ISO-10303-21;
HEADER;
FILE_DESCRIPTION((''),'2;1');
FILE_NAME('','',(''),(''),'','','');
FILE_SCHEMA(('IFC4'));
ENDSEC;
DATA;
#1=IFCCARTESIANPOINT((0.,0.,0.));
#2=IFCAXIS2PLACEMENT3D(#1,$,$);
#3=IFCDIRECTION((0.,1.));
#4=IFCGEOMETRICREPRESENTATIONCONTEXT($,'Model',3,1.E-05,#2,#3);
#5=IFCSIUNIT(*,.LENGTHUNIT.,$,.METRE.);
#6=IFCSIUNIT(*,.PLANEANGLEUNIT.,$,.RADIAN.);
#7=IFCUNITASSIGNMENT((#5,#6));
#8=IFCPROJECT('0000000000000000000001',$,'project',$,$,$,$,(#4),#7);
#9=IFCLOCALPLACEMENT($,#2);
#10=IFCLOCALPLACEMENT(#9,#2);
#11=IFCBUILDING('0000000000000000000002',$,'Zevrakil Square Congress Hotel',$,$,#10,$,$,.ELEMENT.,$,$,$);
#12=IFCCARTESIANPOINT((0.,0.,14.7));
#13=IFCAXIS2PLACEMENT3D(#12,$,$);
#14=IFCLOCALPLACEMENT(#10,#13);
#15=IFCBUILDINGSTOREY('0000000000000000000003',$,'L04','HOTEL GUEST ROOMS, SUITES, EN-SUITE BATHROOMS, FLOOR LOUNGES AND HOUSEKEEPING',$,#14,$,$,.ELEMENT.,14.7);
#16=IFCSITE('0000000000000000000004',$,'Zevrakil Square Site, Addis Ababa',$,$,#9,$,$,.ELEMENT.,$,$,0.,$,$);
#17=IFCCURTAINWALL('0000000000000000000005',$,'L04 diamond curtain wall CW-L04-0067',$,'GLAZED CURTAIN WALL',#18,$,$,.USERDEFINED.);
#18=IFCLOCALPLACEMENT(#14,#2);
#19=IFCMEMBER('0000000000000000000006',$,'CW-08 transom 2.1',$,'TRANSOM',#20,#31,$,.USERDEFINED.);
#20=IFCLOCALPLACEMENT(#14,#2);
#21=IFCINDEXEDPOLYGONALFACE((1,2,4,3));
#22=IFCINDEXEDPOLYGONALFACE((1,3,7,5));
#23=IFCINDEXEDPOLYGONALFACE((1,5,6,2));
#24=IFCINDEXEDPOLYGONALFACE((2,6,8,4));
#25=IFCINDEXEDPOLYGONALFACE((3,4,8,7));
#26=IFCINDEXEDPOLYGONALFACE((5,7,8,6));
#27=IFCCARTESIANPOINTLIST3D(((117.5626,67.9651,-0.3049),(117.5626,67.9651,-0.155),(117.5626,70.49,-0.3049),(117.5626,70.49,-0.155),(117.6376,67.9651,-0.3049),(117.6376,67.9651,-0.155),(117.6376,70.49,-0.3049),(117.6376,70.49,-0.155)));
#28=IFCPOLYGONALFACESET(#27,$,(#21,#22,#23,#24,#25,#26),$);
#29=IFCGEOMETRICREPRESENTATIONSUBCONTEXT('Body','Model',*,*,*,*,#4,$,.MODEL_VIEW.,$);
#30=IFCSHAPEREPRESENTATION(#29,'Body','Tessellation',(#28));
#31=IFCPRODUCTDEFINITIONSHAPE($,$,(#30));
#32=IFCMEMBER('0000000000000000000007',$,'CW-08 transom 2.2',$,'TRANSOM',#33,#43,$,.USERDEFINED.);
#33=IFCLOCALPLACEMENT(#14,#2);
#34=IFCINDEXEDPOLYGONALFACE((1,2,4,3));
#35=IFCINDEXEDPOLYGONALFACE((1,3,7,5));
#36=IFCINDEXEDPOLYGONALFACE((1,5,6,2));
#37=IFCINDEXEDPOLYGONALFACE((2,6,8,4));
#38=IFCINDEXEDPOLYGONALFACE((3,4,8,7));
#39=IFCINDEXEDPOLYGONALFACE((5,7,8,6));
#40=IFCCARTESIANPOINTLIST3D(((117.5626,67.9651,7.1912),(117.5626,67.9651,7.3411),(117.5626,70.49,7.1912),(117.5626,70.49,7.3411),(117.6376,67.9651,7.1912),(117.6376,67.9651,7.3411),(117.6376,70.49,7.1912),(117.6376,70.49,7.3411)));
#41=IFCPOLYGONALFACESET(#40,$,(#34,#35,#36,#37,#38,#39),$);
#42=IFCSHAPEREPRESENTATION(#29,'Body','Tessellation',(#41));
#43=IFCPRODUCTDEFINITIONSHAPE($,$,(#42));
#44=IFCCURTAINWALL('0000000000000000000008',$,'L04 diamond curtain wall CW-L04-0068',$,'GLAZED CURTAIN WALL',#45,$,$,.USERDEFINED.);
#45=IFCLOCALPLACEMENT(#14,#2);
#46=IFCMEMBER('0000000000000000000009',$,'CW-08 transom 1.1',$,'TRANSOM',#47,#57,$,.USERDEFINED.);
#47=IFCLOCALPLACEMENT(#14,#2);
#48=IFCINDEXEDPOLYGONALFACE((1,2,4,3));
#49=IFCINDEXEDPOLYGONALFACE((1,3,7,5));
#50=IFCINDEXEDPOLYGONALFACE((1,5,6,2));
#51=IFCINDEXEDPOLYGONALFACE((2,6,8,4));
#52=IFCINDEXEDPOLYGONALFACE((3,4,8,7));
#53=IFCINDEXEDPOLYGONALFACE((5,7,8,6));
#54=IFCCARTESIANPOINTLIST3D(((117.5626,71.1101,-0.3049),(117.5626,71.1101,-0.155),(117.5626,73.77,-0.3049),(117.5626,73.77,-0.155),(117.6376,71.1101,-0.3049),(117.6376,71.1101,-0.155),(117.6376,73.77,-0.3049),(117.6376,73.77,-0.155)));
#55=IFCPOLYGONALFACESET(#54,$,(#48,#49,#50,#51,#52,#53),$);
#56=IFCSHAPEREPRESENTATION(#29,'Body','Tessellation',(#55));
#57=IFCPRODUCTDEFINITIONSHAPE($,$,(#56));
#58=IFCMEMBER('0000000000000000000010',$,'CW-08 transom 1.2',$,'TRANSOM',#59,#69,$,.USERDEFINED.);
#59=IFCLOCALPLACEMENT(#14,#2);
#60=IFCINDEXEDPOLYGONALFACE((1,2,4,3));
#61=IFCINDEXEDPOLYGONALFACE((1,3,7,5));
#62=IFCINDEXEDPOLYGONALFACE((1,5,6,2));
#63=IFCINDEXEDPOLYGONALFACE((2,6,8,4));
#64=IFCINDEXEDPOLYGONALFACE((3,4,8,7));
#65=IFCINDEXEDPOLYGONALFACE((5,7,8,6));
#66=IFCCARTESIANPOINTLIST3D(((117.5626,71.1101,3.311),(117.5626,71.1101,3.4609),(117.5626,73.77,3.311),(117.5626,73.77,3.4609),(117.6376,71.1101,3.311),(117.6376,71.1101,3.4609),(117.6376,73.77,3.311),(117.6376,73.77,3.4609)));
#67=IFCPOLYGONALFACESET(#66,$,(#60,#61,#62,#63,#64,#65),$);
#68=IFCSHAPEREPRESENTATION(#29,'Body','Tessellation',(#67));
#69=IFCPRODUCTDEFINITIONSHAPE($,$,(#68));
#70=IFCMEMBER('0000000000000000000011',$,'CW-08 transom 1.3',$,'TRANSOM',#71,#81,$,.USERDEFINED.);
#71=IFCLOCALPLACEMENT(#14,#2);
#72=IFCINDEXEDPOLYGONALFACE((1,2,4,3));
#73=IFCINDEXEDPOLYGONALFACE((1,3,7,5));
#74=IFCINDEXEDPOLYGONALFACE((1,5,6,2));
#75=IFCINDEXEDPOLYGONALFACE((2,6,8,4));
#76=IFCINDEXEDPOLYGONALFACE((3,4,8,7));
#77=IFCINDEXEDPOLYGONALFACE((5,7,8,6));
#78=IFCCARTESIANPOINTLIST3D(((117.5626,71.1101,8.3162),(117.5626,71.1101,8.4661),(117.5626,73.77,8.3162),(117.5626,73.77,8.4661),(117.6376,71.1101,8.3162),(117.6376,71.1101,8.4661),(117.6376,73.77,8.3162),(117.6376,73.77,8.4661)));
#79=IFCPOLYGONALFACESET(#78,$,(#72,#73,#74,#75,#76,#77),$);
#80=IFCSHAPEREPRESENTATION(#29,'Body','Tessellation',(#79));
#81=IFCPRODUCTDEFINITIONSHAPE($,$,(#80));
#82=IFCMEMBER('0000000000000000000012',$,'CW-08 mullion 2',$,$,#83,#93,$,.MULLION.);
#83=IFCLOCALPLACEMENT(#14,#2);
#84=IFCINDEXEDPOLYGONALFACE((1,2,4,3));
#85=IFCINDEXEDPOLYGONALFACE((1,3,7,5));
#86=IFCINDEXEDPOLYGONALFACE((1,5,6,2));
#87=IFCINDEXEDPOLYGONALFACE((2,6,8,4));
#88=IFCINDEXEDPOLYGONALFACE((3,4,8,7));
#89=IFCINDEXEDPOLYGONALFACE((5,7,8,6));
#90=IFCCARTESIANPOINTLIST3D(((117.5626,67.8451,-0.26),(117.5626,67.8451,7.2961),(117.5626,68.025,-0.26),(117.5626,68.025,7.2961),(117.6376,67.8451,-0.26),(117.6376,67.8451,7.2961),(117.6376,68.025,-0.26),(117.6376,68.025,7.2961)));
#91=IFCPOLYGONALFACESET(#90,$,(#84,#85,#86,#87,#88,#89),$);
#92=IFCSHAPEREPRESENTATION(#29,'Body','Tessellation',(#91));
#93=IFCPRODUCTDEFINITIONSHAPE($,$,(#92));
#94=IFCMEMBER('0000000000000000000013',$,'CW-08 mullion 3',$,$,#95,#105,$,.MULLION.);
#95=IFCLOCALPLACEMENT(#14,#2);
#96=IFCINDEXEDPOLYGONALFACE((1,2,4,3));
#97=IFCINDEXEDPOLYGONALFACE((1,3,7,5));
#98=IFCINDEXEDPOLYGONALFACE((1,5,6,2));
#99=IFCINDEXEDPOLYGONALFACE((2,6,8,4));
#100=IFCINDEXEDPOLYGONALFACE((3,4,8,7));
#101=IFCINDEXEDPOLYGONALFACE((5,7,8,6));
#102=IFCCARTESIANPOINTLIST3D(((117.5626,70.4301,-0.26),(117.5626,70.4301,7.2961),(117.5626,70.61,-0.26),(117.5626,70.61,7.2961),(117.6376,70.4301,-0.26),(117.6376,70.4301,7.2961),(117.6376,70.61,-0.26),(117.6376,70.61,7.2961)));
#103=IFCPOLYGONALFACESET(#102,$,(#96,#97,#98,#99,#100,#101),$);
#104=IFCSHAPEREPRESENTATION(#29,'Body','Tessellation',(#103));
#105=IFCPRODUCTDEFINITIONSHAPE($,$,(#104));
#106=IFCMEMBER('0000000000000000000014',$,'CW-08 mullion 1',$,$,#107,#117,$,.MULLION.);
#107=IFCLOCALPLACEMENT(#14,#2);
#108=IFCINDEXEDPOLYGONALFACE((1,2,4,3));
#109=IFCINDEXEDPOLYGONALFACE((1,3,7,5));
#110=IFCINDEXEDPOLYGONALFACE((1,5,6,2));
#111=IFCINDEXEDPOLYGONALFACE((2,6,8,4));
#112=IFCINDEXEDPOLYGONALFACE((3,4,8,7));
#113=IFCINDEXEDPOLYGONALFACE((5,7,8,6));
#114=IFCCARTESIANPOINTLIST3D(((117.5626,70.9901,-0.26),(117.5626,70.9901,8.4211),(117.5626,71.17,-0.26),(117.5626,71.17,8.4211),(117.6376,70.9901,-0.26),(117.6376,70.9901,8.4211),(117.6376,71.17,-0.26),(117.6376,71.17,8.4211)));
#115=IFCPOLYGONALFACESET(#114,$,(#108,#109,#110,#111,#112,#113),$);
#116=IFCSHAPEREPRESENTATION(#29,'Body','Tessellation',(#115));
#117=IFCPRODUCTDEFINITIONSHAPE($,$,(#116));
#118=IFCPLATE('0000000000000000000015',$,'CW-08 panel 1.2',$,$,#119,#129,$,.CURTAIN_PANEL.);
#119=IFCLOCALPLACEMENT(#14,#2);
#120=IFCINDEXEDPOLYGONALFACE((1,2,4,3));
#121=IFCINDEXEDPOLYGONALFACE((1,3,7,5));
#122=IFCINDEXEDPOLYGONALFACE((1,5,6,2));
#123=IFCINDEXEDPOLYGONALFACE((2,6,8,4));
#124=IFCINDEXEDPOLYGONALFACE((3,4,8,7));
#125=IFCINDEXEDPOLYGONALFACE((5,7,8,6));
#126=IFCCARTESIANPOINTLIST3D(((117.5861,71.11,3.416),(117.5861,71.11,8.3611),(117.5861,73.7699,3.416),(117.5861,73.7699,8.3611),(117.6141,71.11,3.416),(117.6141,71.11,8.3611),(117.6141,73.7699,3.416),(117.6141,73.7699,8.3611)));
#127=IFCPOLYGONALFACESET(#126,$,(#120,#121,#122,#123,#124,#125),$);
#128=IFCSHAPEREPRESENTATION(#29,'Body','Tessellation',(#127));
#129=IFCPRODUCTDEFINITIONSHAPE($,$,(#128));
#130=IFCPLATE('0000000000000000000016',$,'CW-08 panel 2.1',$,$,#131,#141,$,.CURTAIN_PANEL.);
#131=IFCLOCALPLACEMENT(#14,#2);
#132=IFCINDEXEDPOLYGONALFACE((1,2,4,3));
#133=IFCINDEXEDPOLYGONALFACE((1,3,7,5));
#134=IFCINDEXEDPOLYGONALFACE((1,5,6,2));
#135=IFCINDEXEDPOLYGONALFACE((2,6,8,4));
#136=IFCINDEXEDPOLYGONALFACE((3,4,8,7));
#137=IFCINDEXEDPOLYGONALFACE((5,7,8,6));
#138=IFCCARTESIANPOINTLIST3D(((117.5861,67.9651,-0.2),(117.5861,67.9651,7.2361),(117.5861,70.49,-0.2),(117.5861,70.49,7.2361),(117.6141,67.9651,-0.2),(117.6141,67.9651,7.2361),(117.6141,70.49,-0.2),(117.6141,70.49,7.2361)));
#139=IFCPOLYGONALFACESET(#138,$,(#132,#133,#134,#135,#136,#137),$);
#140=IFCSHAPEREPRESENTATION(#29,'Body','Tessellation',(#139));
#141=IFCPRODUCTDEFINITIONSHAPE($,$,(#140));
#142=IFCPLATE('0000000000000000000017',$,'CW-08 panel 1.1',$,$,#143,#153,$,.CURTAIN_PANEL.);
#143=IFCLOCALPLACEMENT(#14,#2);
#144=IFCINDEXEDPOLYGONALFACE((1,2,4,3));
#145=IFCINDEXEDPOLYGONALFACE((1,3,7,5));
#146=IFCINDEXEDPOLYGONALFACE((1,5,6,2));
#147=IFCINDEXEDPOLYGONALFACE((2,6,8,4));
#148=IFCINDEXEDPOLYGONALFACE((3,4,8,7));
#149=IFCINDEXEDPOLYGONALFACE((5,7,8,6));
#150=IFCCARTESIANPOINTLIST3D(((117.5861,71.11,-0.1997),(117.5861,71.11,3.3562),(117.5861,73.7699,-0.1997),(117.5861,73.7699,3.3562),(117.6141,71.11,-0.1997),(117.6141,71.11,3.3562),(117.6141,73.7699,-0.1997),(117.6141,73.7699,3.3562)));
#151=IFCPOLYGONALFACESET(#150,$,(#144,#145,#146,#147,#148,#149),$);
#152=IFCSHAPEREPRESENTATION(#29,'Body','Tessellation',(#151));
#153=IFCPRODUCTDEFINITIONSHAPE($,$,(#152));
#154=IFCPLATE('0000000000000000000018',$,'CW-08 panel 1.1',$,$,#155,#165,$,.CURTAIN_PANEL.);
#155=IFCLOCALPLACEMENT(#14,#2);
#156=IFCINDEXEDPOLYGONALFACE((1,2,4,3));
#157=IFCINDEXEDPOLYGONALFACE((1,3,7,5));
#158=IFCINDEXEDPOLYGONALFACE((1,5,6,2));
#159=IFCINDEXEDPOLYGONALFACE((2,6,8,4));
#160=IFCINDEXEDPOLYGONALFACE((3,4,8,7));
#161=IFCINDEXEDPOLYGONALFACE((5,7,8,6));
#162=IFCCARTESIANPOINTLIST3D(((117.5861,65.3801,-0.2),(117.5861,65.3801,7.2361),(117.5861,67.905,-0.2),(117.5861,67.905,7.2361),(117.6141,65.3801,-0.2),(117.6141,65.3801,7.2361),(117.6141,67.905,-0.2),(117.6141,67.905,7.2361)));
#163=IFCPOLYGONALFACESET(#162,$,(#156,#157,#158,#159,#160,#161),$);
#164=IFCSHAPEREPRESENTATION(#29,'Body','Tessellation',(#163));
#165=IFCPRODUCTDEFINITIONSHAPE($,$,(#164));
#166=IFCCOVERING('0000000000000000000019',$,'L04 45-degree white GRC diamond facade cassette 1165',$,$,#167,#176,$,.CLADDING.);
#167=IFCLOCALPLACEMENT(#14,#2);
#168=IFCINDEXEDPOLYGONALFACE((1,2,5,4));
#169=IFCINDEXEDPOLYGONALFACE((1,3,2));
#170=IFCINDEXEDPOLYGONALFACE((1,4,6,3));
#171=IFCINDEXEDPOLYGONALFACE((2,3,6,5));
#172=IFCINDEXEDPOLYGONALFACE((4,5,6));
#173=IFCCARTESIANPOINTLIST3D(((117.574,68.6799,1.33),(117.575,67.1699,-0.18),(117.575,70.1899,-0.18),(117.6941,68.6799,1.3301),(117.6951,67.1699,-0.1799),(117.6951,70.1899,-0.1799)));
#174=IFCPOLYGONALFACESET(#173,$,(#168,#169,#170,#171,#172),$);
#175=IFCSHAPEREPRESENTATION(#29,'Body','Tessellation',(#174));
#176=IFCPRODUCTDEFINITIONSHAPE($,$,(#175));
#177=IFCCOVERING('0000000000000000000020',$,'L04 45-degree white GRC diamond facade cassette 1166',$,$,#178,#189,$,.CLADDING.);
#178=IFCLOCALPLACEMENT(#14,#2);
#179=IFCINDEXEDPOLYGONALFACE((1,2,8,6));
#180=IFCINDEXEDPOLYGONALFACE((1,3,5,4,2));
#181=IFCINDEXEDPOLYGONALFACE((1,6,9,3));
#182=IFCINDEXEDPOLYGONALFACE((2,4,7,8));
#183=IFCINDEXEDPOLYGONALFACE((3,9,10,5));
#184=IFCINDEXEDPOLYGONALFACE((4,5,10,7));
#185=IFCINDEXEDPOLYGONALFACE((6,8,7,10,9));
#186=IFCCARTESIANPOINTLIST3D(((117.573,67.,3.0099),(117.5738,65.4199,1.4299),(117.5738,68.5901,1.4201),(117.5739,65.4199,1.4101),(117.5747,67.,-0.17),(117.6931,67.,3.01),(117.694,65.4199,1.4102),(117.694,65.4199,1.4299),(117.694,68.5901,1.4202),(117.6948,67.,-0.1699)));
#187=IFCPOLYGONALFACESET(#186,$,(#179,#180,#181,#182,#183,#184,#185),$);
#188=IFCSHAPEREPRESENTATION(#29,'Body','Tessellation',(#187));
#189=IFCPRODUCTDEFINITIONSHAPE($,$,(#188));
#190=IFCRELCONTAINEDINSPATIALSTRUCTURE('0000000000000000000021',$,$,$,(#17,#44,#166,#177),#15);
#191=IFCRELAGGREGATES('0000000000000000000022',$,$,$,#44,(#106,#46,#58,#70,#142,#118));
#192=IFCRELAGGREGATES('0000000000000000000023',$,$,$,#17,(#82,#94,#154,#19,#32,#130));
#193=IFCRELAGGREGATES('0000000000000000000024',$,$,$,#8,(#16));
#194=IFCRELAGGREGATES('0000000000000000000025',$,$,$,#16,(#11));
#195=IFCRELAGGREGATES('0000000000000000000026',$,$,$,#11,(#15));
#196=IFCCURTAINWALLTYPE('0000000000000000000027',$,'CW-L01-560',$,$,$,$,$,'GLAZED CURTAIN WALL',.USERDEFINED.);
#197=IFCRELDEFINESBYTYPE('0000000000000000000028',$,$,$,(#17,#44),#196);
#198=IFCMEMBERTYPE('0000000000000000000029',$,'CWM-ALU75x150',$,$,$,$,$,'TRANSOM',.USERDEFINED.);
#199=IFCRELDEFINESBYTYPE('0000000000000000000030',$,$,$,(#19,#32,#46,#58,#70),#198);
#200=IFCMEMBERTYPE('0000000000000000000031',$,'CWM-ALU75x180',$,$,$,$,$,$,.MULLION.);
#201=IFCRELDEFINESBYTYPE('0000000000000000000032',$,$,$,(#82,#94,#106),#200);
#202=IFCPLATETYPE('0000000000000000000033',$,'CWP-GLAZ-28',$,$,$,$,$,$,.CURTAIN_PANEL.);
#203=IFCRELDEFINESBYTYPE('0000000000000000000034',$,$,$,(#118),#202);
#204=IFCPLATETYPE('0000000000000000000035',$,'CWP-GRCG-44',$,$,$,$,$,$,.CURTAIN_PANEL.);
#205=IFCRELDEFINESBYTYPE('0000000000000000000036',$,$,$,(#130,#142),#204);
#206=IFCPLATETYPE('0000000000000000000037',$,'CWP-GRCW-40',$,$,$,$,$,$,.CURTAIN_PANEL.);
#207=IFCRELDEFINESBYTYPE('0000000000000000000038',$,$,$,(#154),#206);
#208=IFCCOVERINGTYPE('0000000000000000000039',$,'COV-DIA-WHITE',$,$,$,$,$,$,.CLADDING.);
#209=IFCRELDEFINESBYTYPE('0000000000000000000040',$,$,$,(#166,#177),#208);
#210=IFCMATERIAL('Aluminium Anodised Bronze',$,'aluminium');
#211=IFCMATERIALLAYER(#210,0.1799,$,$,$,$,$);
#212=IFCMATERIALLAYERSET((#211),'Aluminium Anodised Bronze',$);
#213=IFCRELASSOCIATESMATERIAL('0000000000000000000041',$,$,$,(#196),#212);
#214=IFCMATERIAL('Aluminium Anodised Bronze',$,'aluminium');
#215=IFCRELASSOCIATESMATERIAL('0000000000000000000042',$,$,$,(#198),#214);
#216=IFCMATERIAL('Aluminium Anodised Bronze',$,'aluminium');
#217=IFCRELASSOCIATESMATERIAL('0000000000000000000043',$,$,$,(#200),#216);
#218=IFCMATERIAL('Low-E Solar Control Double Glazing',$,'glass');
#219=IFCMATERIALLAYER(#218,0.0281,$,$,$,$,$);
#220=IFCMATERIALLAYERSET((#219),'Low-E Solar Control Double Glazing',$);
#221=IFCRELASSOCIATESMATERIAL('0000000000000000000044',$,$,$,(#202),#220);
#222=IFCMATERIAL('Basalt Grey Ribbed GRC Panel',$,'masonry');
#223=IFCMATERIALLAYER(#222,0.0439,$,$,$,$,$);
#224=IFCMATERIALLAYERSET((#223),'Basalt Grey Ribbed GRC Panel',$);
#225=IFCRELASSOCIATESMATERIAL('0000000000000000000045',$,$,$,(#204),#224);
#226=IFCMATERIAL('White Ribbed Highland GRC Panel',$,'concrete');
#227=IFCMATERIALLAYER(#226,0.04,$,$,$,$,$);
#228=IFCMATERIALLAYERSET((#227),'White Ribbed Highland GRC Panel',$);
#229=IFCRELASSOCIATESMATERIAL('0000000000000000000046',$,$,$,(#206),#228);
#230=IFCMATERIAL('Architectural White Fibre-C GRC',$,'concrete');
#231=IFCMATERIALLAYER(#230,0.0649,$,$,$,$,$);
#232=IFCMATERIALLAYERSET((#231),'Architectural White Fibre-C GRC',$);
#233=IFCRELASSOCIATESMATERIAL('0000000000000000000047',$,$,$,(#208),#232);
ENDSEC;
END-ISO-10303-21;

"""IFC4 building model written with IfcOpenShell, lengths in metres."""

from ifc_helpers import new_model, si_unit, direction, frame, origin, origin_2d, place, context, subcontext, project, spatial, polyline, rectangle, outline, extrude, material, layer, layer_set, material_profile, profile_set, type_object, element, aggregate, save


model = new_model("IFC4")

# Units and contexts
model_context = context("Model", 3, precision=1e-05, world=origin(), true_north=direction((0.0, 1.0)))
body_context = subcontext(model_context, "Body", "Model", "MODEL_VIEW")
ifc_project = project(units=[si_unit("LENGTHUNIT", "METRE"), si_unit("PLANEANGLEUNIT", "RADIAN")], contexts=[model_context])

# Site, building, storey
site_placement = place(None, origin())
site = spatial("IfcSite", under=ifc_project, at=site_placement, Name="Zevrakil Square Site, Addis Ababa", CompositionType="ELEMENT", RefElevation=0.0)
building_placement = place(site_placement, origin())
building = spatial("IfcBuilding", under=site, at=building_placement, Name="Zevrakil Square Congress Hotel", CompositionType="ELEMENT")
storey_placement = place(building_placement, frame((0.0, 0.0, 14.7)))
storey = spatial("IfcBuildingStorey", under=building, at=storey_placement, Name="L04", Description="HOTEL GUEST ROOMS, SUITES, EN-SUITE BATHROOMS, FLOOR LOUNGES AND HOUSEKEEPING", CompositionType="ELEMENT", Elevation=14.7)

# Curtain walls, members
ifc_material_1 = material(Name="Aluminium Anodised Bronze", Category="aluminium")
ifc_layer_1 = layer(ifc_material_1, 0.1799)
ifc_layer_set_1 = layer_set([ifc_layer_1], Name="Aluminium Anodised Bronze")
curtain_wall_type = type_object("IfcCurtainWallType", Name="CW-L01-560", ElementType="GLAZED CURTAIN WALL", PredefinedType="USERDEFINED", material=ifc_layer_set_1)
curtain_wall_1_placement = place(storey_placement, origin())
curtain_wall_1 = element("IfcCurtainWall", 1, at=curtain_wall_1_placement, inside=storey, type_object=curtain_wall_type, Name="L04 diamond curtain wall CW-L04-0067", ObjectType="GLAZED CURTAIN WALL", PredefinedType="USERDEFINED")
ifc_material_2 = material(Name="Aluminium Anodised Bronze", Category="aluminium")
ifc_material_profile_1 = material_profile(ifc_material_2, rectangle(XDim=0.075, YDim=0.1499, at=origin_2d()), Name="ALU 75x150")
ifc_profile_set_1 = profile_set([ifc_material_profile_1], Name="Aluminium Anodised Bronze")
member_type_1 = type_object("IfcMemberType", Name="CWM-ALU75x150", ElementType="TRANSOM", PredefinedType="USERDEFINED", material=ifc_profile_set_1)
member_1_placement = place(storey_placement, frame((117.6001, 67.9651, -0.23), z_axis=(0.0, 1.0, 0.0), x_axis=(-1.0, 0.0, 0.0)))
member_1 = element("IfcMember", 2, at=member_1_placement, type_object=member_type_1, Name="CW-08 transom 2.1", ObjectType="TRANSOM", PredefinedType="USERDEFINED", context=body_context, shape_type="SweptSolid", body=[
    extrude(rectangle(XDim=0.075, YDim=0.1499, at=origin_2d()), origin(), (0.0, 0.0, 1.0), 2.5249),
])
member_2_placement = place(storey_placement, frame((117.6001, 67.9651, 7.2661), z_axis=(0.0, 1.0, 0.0), x_axis=(-1.0, 0.0, 0.0)))
member_2 = element("IfcMember", 3, at=member_2_placement, type_object=member_type_1, Name="CW-08 transom 2.2", ObjectType="TRANSOM", PredefinedType="USERDEFINED", context=body_context, shape_type="SweptSolid", body=[
    extrude(rectangle(XDim=0.075, YDim=0.1499, at=origin_2d()), origin(), (0.0, 0.0, 1.0), 2.5249),
])
curtain_wall_2_placement = place(storey_placement, origin())
curtain_wall_2 = element("IfcCurtainWall", 4, at=curtain_wall_2_placement, inside=storey, type_object=curtain_wall_type, Name="L04 diamond curtain wall CW-L04-0068", ObjectType="GLAZED CURTAIN WALL", PredefinedType="USERDEFINED")
member_3_placement = place(storey_placement, frame((117.6001, 71.1101, -0.23), z_axis=(0.0, 1.0, 0.0), x_axis=(-1.0, 0.0, 0.0)))
member_3 = element("IfcMember", 5, at=member_3_placement, type_object=member_type_1, Name="CW-08 transom 1.1", ObjectType="TRANSOM", PredefinedType="USERDEFINED", context=body_context, shape_type="SweptSolid", body=[
    extrude(rectangle(XDim=0.075, YDim=0.1499, at=origin_2d()), origin(), (0.0, 0.0, 1.0), 2.6599),
])
member_4_placement = place(storey_placement, frame((117.6001, 71.1101, 3.386), z_axis=(0.0, 1.0, 0.0), x_axis=(-1.0, 0.0, 0.0)))
member_4 = element("IfcMember", 6, at=member_4_placement, type_object=member_type_1, Name="CW-08 transom 1.2", ObjectType="TRANSOM", PredefinedType="USERDEFINED", context=body_context, shape_type="SweptSolid", body=[
    extrude(rectangle(XDim=0.075, YDim=0.1499, at=origin_2d()), origin(), (0.0, 0.0, 1.0), 2.6599),
])
member_5_placement = place(storey_placement, frame((117.6001, 71.1101, 8.3911), z_axis=(0.0, 1.0, 0.0), x_axis=(-1.0, 0.0, 0.0)))
member_5 = element("IfcMember", 7, at=member_5_placement, type_object=member_type_1, Name="CW-08 transom 1.3", ObjectType="TRANSOM", PredefinedType="USERDEFINED", context=body_context, shape_type="SweptSolid", body=[
    extrude(rectangle(XDim=0.075, YDim=0.1499, at=origin_2d()), origin(), (0.0, 0.0, 1.0), 2.6599),
])

# Members
ifc_material_3 = material(Name="Aluminium Anodised Bronze", Category="aluminium")
ifc_material_profile_2 = material_profile(ifc_material_3, rectangle(XDim=0.075, YDim=0.1799, at=origin_2d()), Name="ALU 75x180")
ifc_profile_set_2 = profile_set([ifc_material_profile_2], Name="Aluminium Anodised Bronze")
member_type_2 = type_object("IfcMemberType", Name="CWM-ALU75x180", PredefinedType="MULLION", material=ifc_profile_set_2)
member_6_placement = place(storey_placement, frame((117.6001, 67.9351, -0.26), z_axis=(0.0, 0.0, 1.0), x_axis=(-1.0, 0.0, 0.0)))
member_6 = element("IfcMember", 8, at=member_6_placement, type_object=member_type_2, Name="CW-08 mullion 2", PredefinedType="MULLION", context=body_context, shape_type="SweptSolid", body=[
    extrude(rectangle(XDim=0.075, YDim=0.1799, at=origin_2d()), origin(), (0.0, 0.0, 1.0), 7.5562),
])
member_7_placement = place(storey_placement, frame((117.6001, 70.52, -0.26), z_axis=(0.0, 0.0, 1.0), x_axis=(-1.0, 0.0, 0.0)))
member_7 = element("IfcMember", 9, at=member_7_placement, type_object=member_type_2, Name="CW-08 mullion 3", PredefinedType="MULLION", context=body_context, shape_type="SweptSolid", body=[
    extrude(rectangle(XDim=0.075, YDim=0.1799, at=origin_2d()), origin(), (0.0, 0.0, 1.0), 7.5562),
])
member_8_placement = place(storey_placement, frame((117.6001, 71.0801, -0.26), z_axis=(0.0, 0.0, 1.0), x_axis=(-1.0, 0.0, 0.0)))
member_8 = element("IfcMember", 10, at=member_8_placement, type_object=member_type_2, Name="CW-08 mullion 1", PredefinedType="MULLION", context=body_context, shape_type="SweptSolid", body=[
    extrude(rectangle(XDim=0.075, YDim=0.1799, at=origin_2d()), origin(), (0.0, 0.0, 1.0), 8.6812),
])

# Plates
ifc_material_4 = material(Name="Low-E Solar Control Double Glazing", Category="glass")
ifc_layer_2 = layer(ifc_material_4, 0.0281)
ifc_layer_set_2 = layer_set([ifc_layer_2], Name="Low-E Solar Control Double Glazing")
plate_type_1 = type_object("IfcPlateType", Name="CWP-GLAZ-28", PredefinedType="CURTAIN_PANEL", material=ifc_layer_set_2)
plate_1_placement = place(storey_placement, frame((117.6001, 72.4399, 3.416), z_axis=(0.0, 0.0, 1.0), x_axis=(0.0, 1.0, 0.0)))
plate_1 = element("IfcPlate", 11, at=plate_1_placement, type_object=plate_type_1, Name="CW-08 panel 1.2", PredefinedType="CURTAIN_PANEL", context=body_context, shape_type="SweptSolid", body=[
    extrude(rectangle(XDim=2.6599, YDim=0.0281, at=origin_2d()), origin(), (0.0, 0.0, 1.0), 4.9451),
])
ifc_material_5 = material(Name="Basalt Grey Ribbed GRC Panel", Category="masonry")
ifc_layer_3 = layer(ifc_material_5, 0.0439)
ifc_layer_set_3 = layer_set([ifc_layer_3], Name="Basalt Grey Ribbed GRC Panel")
plate_type_2 = type_object("IfcPlateType", Name="CWP-GRCG-44", PredefinedType="CURTAIN_PANEL", material=ifc_layer_set_3)
plate_2_placement = place(storey_placement, frame((117.6001, 69.2275, -0.2), z_axis=(0.0, 0.0, 1.0), x_axis=(0.0, 1.0, 0.0)))
plate_2 = element("IfcPlate", 12, at=plate_2_placement, type_object=plate_type_2, Name="CW-08 panel 2.1", PredefinedType="CURTAIN_PANEL", context=body_context, shape_type="SweptSolid", body=[
    extrude(rectangle(XDim=2.5249, YDim=0.0281, at=origin_2d()), origin(), (0.0, 0.0, 1.0), 7.436),
])
plate_3_placement = place(storey_placement, frame((117.6001, 72.4399, -0.1997), z_axis=(0.0, 0.0, 1.0), x_axis=(0.0, 1.0, 0.0)))
plate_3 = element("IfcPlate", 13, at=plate_3_placement, type_object=plate_type_2, Name="CW-08 panel 1.1", PredefinedType="CURTAIN_PANEL", context=body_context, shape_type="SweptSolid", body=[
    extrude(rectangle(XDim=2.6599, YDim=0.0281, at=origin_2d()), origin(), (0.0, 0.0, 1.0), 3.5559),
])
aggregate(curtain_wall_2, [member_8, member_3, member_4, member_5, plate_3, plate_1])
ifc_material_6 = material(Name="White Ribbed Highland GRC Panel", Category="concrete")
ifc_layer_4 = layer(ifc_material_6, 0.04)
ifc_layer_set_4 = layer_set([ifc_layer_4], Name="White Ribbed Highland GRC Panel")
plate_type_3 = type_object("IfcPlateType", Name="CWP-GRCW-40", PredefinedType="CURTAIN_PANEL", material=ifc_layer_set_4)
plate_4_placement = place(storey_placement, frame((117.6001, 66.6426, -0.2), z_axis=(0.0, 0.0, 1.0), x_axis=(0.0, 1.0, 0.0)))
plate_4 = element("IfcPlate", 14, at=plate_4_placement, type_object=plate_type_3, Name="CW-08 panel 1.1", PredefinedType="CURTAIN_PANEL", context=body_context, shape_type="SweptSolid", body=[
    extrude(rectangle(XDim=2.5249, YDim=0.0281, at=origin_2d()), origin(), (0.0, 0.0, 1.0), 7.436),
])
aggregate(curtain_wall_1, [member_6, member_7, plate_4, member_1, member_2, plate_2])

# Coverings
ifc_material_7 = material(Name="Architectural White Fibre-C GRC", Category="concrete")
ifc_layer_5 = layer(ifc_material_7, 0.0649)
ifc_layer_set_5 = layer_set([ifc_layer_5], Name="Architectural White Fibre-C GRC")
covering_type_1 = type_object("IfcCoveringType", Name="COV-DIA-WHITE", PredefinedType="CLADDING", material=ifc_layer_set_5)
covering_1_placement = place(storey_placement, frame((117.6941, 68.6799, 1.3301), z_axis=(1.0, 0.0, 0.000647), x_axis=(0.000457, 0.707107, -0.707107)))
element("IfcCovering", 15, at=covering_1_placement, inside=storey, type_object=covering_type_1, Name="L04 45-degree white GRC diamond facade cassette 1165", PredefinedType="CLADDING", context=body_context, shape_type="SweptSolid", body=[
    extrude(outline(polyline([(0.0, 0.0), (2.1355, 0.0), (0.0, -2.1355), (0.0, 0.0)])), origin(), (0.0, 0.0, -1.0), 0.1201),
])
covering_2_placement = place(storey_placement, frame((117.6931, 67.0, 3.01), z_axis=(1.0, 0.0, 0.000536), x_axis=(0.000379, 0.707161, -0.707052)))
element("IfcCovering", 16, at=covering_2_placement, inside=storey, type_object=covering_type_1, Name="L04 45-degree white GRC diamond facade cassette 1166", PredefinedType="CLADDING", context=body_context, shape_type="SweptSolid", body=[
    extrude(outline(polyline([(0.0, 0.0), (2.2486, 0.0), (2.2484, -2.2487), (0.0138, -2.2486), (-0.0002, -2.2346), (0.0, 0.0)])), origin(), (0.0, 0.0, -1.0), 0.1201),
])

save(model, "model.ifc")
